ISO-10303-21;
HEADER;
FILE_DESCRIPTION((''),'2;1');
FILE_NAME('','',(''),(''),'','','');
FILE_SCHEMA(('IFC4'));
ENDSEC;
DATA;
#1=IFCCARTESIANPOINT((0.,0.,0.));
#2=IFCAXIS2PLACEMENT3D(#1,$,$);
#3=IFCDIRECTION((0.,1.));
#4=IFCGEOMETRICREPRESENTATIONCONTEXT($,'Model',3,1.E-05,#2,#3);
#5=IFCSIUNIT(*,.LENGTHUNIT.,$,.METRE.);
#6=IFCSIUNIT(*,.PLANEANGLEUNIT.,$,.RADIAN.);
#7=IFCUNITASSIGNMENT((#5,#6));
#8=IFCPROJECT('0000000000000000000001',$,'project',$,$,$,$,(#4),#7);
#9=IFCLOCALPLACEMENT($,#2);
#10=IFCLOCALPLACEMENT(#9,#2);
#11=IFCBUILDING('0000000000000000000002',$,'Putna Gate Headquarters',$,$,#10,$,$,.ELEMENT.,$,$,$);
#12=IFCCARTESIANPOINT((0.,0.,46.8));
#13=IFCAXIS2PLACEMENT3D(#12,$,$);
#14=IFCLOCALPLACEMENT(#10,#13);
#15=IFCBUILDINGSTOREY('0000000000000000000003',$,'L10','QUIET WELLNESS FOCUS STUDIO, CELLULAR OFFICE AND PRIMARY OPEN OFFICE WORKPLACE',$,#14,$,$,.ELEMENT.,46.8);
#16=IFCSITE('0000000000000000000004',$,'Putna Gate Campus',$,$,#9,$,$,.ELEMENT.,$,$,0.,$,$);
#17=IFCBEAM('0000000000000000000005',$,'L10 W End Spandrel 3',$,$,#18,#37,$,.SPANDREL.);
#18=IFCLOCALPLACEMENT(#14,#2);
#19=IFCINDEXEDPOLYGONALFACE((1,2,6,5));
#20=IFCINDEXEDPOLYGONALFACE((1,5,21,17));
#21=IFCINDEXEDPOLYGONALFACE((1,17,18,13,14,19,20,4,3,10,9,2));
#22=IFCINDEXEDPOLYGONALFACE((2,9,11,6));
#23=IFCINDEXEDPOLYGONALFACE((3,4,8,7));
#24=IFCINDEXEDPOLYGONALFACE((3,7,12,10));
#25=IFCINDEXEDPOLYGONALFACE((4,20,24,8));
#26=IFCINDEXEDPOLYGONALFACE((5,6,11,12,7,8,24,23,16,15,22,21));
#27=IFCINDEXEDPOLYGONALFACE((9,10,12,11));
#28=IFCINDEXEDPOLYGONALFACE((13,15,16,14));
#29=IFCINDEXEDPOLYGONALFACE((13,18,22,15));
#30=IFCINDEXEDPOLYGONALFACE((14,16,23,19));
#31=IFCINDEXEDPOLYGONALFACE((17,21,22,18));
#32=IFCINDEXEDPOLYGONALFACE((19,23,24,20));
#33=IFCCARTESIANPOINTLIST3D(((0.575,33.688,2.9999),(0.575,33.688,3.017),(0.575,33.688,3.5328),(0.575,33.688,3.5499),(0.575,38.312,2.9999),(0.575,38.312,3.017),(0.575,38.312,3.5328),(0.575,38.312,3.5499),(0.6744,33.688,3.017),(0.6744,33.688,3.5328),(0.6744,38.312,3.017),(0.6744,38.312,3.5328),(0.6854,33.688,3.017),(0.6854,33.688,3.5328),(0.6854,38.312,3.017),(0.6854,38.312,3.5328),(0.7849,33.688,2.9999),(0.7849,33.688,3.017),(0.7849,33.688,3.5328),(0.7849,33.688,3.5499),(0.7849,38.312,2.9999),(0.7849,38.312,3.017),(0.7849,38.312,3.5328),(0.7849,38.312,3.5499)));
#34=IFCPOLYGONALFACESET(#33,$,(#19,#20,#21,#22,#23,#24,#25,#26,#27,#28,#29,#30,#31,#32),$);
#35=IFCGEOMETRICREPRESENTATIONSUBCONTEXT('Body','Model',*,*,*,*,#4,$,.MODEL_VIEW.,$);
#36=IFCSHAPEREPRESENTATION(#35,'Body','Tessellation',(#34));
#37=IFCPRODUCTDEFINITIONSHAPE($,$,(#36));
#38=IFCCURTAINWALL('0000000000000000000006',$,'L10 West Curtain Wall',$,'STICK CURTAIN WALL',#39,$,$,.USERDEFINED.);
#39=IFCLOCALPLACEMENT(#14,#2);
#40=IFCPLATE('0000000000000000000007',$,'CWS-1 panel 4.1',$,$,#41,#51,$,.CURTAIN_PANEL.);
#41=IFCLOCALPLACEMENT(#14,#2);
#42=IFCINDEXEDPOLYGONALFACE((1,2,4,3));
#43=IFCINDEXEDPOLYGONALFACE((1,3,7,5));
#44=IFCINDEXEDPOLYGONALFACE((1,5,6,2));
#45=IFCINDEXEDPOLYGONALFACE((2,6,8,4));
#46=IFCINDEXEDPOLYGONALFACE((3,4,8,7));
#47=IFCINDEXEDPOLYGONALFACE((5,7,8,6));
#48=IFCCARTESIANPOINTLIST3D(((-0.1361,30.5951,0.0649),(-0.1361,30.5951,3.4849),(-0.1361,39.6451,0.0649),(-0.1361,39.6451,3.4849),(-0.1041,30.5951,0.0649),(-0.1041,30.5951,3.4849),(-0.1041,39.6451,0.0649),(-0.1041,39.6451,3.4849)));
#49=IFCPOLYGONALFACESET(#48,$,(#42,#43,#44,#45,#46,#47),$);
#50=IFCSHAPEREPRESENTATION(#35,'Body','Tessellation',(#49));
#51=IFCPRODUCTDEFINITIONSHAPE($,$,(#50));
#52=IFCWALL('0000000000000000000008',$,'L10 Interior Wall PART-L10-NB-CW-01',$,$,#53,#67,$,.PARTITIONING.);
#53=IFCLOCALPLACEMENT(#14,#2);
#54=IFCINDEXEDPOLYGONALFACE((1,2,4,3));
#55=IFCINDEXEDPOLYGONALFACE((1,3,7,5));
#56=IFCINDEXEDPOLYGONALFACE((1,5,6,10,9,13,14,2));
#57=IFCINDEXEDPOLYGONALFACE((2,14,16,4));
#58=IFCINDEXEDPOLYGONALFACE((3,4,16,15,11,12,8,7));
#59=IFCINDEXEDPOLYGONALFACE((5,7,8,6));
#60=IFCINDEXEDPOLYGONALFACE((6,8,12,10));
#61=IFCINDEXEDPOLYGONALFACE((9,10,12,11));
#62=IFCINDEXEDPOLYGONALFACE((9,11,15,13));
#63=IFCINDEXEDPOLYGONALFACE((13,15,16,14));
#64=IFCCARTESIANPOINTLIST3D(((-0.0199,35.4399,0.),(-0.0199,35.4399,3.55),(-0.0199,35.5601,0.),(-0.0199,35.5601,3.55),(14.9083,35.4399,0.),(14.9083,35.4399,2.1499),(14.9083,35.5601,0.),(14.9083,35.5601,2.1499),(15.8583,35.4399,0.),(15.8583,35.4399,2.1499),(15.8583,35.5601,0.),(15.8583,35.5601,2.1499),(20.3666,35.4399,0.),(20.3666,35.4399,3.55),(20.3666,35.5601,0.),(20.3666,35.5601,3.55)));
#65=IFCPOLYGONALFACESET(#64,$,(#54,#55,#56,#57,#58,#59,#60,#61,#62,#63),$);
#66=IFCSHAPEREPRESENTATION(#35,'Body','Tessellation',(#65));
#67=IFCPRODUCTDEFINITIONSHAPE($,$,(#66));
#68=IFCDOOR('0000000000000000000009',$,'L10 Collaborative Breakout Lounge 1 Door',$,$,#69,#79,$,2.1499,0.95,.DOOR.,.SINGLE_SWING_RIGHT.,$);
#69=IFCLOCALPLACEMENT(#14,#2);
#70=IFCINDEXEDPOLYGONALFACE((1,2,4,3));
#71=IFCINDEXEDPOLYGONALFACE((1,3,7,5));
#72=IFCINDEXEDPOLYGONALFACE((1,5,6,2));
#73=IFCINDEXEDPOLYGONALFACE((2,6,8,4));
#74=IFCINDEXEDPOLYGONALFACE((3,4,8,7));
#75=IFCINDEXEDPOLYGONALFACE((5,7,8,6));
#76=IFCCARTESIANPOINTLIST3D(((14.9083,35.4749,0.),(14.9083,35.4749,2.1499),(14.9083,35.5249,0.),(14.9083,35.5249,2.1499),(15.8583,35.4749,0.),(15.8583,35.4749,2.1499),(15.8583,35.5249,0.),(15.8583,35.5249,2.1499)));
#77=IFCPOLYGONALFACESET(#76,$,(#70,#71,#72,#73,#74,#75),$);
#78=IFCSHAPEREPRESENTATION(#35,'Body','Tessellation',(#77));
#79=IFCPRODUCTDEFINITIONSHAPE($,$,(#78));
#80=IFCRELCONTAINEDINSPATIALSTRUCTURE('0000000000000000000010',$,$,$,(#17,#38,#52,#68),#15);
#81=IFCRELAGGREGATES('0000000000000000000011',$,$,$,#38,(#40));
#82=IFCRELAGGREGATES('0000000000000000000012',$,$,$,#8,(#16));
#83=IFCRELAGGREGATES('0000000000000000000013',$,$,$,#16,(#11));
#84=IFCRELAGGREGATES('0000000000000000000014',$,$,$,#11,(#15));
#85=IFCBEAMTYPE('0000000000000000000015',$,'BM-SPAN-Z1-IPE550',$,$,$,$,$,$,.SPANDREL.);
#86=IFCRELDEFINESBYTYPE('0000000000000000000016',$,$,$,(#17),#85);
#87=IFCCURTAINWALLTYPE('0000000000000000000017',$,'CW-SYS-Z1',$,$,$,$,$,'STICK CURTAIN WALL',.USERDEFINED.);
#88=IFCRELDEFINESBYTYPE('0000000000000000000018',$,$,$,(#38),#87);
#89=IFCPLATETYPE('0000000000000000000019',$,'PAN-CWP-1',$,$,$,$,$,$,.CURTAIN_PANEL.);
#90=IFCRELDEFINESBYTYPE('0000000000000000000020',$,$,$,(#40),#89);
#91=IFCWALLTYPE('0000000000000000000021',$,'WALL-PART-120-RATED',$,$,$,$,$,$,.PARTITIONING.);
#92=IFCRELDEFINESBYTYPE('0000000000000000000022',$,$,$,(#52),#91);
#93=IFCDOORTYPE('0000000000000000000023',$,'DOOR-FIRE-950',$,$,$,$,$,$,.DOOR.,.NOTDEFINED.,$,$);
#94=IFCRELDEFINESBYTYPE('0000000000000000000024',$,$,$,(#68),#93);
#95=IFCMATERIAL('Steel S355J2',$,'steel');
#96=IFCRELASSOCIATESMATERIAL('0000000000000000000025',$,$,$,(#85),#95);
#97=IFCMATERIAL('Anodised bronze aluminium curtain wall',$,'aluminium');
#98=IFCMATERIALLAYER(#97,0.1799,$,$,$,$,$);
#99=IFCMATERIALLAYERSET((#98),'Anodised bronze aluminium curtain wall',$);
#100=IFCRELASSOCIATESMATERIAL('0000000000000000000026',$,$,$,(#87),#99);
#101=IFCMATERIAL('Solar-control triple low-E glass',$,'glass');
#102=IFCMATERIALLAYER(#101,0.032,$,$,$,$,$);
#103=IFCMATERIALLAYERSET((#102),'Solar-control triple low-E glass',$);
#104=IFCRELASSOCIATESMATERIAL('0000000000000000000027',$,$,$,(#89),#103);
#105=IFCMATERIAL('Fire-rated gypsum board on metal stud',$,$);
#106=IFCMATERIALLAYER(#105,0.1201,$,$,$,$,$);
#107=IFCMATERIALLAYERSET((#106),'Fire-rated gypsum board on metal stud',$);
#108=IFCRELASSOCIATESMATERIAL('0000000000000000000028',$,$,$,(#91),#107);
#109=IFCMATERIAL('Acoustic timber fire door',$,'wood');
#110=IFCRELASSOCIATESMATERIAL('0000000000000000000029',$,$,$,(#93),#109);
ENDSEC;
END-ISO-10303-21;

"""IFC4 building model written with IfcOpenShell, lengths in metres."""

from ifc_helpers import new_model, si_unit, direction, frame, frame_2d, origin, origin_2d, place, context, subcontext, project, spatial, rectangle, i_section, extrude, material, layer, layer_set, material_profile, profile_set, type_object, element, fill, aggregate, save


model = new_model("IFC4")

# Units and contexts
model_context = context("Model", 3, precision=1e-05, world=origin(), true_north=direction((0.0, 1.0)))
body_context = subcontext(model_context, "Body", "Model", "MODEL_VIEW")
ifc_project = project(units=[si_unit("LENGTHUNIT", "METRE"), si_unit("PLANEANGLEUNIT", "RADIAN")], contexts=[model_context])

# Site, building, storey
site_placement = place(None, origin())
site = spatial("IfcSite", under=ifc_project, at=site_placement, Name="Putna Gate Campus", CompositionType="ELEMENT", RefElevation=0.0)
building_placement = place(site_placement, origin())
building = spatial("IfcBuilding", under=site, at=building_placement, Name="Putna Gate Headquarters", CompositionType="ELEMENT")
storey_placement = place(building_placement, frame((0.0, 0.0, 46.8)))
storey = spatial("IfcBuildingStorey", under=building, at=storey_placement, Name="L10", Description="QUIET WELLNESS FOCUS STUDIO, CELLULAR OFFICE AND PRIMARY OPEN OFFICE WORKPLACE", CompositionType="ELEMENT", Elevation=46.8)

# Beam
ifc_material_1 = material(Name="Steel S355J2", Category="steel")
ifc_material_profile_1 = material_profile(ifc_material_1, i_section(OverallWidth=0.21, OverallDepth=0.55, WebThickness=0.011, FlangeThickness=0.0171, at=origin_2d()), Name="Steel S355J2")
ifc_profile_set_1 = profile_set([ifc_material_profile_1], Name="Steel S355J2")
beam_type_1 = type_object("IfcBeamType", Name="BM-SPAN-Z1-IPE550", PredefinedType="SPANDREL", material=ifc_profile_set_1)
beam_1_placement = place(storey_placement, frame((0.6799, 33.688, 3.2749), z_axis=(0.0, 1.0, 0.0), x_axis=(-1.0, 0.0, 0.0)))
element("IfcBeam", 1, at=beam_1_placement, inside=storey, type_object=beam_type_1, Name="L10 W End Spandrel 3", PredefinedType="SPANDREL", context=body_context, shape_type="SweptSolid", body=[
    extrude(i_section(OverallWidth=0.21, OverallDepth=0.55, WebThickness=0.011, FlangeThickness=0.0171, at=origin_2d()), origin(), (0.0, 0.0, 1.0), 4.624),
])

# Curtain wall, plate
ifc_material_2 = material(Name="Anodised bronze aluminium curtain wall", Category="aluminium")
ifc_layer_1 = layer(ifc_material_2, 0.1799)
ifc_layer_set_1 = layer_set([ifc_layer_1], Name="Anodised bronze aluminium curtain wall")
curtain_wall_type = type_object("IfcCurtainWallType", Name="CW-SYS-Z1", ElementType="STICK CURTAIN WALL", PredefinedType="USERDEFINED", material=ifc_layer_set_1)
curtain_wall_placement = place(storey_placement, origin())
curtain_wall = element("IfcCurtainWall", 2, at=curtain_wall_placement, inside=storey, type_object=curtain_wall_type, Name="L10 West Curtain Wall", ObjectType="STICK CURTAIN WALL", PredefinedType="USERDEFINED")
ifc_material_3 = material(Name="Solar-control triple low-E glass", Category="glass")
ifc_layer_2 = layer(ifc_material_3, 0.032)
ifc_layer_set_2 = layer_set([ifc_layer_2], Name="Solar-control triple low-E glass")
plate_type = type_object("IfcPlateType", Name="PAN-CWP-1", PredefinedType="CURTAIN_PANEL", material=ifc_layer_set_2)
plate_placement = place(storey_placement, frame((-0.1201, 35.1201, 0.0649), z_axis=(0.0, 0.0, 1.0), x_axis=(0.0, 1.0, 0.0)))
plate = element("IfcPlate", 3, at=plate_placement, type_object=plate_type, Name="CWS-1 panel 4.1", PredefinedType="CURTAIN_PANEL", context=body_context, shape_type="SweptSolid", body=[
    extrude(rectangle(XDim=9.05, YDim=0.032, at=origin_2d()), origin(), (0.0, 0.0, 1.0), 3.4199),
])
aggregate(curtain_wall, [plate])

# Wall, opening, door
ifc_material_4 = material(Name="Fire-rated gypsum board on metal stud")
ifc_layer_3 = layer(ifc_material_4, 0.1201)
ifc_layer_set_3 = layer_set([ifc_layer_3], Name="Fire-rated gypsum board on metal stud")
wall_type_1 = type_object("IfcWallType", Name="WALL-PART-120-RATED", PredefinedType="PARTITIONING", material=ifc_layer_set_3)
wall_1_placement = place(storey_placement, frame((-0.02, 35.5, 0.0), z_axis=(0.0, 0.0, 1.0), x_axis=(1.0, 0.0, 0.0)))
wall_1 = element("IfcWall", 4, at=wall_1_placement, inside=storey, type_object=wall_type_1, Name="L10 Interior Wall PART-L10-NB-CW-01", PredefinedType="PARTITIONING", context=body_context, shape_type="SweptSolid", body=[
    extrude(rectangle(XDim=20.3865, YDim=0.1201, at=frame_2d((10.1934, 0.0))), origin(), (0.0, 0.0, 1.0), 3.55),
])
opening_1_placement = place(wall_1_placement, frame((14.9282, 0.0, 0.0)))
opening_1 = element("IfcOpeningElement", 5, at=opening_1_placement, cuts=wall_1, PredefinedType="OPENING", context=body_context, shape_type="SweptSolid", body=[
    extrude(rectangle(XDim=0.95, YDim=2.1499, at=frame_2d((0.4751, 1.075))), frame((0.0, 0.0701, 0.0), z_axis=(0.0, -1.0, 0.0), x_axis=(1.0, 0.0, 0.0)), (0.0, 0.0, 1.0), 0.1401),
])
ifc_material_5 = material(Name="Acoustic timber fire door", Category="wood")
door_type_1 = type_object("IfcDoorType", Name="DOOR-FIRE-950", OperationType="NOTDEFINED", PredefinedType="DOOR", material=ifc_material_5)
door_1_placement = place(opening_1_placement, origin())
door_1 = element("IfcDoor", 6, at=door_1_placement, inside=storey, type_object=door_type_1, Name="L10 Collaborative Breakout Lounge 1 Door", OperationType="SINGLE_SWING_RIGHT", OverallHeight=2.1499, OverallWidth=0.95, PredefinedType="DOOR", context=body_context, shape_type="SweptSolid", body=[
    extrude(rectangle(XDim=0.95, YDim=2.1499, at=frame_2d((0.4751, 1.075))), frame((0.0, 0.0249, 0.0), z_axis=(0.0, -1.0, 0.0), x_axis=(1.0, 0.0, 0.0)), (0.0, 0.0, 1.0), 0.05),
])
fill(opening_1, door_1)

save(model, "model.ifc")
